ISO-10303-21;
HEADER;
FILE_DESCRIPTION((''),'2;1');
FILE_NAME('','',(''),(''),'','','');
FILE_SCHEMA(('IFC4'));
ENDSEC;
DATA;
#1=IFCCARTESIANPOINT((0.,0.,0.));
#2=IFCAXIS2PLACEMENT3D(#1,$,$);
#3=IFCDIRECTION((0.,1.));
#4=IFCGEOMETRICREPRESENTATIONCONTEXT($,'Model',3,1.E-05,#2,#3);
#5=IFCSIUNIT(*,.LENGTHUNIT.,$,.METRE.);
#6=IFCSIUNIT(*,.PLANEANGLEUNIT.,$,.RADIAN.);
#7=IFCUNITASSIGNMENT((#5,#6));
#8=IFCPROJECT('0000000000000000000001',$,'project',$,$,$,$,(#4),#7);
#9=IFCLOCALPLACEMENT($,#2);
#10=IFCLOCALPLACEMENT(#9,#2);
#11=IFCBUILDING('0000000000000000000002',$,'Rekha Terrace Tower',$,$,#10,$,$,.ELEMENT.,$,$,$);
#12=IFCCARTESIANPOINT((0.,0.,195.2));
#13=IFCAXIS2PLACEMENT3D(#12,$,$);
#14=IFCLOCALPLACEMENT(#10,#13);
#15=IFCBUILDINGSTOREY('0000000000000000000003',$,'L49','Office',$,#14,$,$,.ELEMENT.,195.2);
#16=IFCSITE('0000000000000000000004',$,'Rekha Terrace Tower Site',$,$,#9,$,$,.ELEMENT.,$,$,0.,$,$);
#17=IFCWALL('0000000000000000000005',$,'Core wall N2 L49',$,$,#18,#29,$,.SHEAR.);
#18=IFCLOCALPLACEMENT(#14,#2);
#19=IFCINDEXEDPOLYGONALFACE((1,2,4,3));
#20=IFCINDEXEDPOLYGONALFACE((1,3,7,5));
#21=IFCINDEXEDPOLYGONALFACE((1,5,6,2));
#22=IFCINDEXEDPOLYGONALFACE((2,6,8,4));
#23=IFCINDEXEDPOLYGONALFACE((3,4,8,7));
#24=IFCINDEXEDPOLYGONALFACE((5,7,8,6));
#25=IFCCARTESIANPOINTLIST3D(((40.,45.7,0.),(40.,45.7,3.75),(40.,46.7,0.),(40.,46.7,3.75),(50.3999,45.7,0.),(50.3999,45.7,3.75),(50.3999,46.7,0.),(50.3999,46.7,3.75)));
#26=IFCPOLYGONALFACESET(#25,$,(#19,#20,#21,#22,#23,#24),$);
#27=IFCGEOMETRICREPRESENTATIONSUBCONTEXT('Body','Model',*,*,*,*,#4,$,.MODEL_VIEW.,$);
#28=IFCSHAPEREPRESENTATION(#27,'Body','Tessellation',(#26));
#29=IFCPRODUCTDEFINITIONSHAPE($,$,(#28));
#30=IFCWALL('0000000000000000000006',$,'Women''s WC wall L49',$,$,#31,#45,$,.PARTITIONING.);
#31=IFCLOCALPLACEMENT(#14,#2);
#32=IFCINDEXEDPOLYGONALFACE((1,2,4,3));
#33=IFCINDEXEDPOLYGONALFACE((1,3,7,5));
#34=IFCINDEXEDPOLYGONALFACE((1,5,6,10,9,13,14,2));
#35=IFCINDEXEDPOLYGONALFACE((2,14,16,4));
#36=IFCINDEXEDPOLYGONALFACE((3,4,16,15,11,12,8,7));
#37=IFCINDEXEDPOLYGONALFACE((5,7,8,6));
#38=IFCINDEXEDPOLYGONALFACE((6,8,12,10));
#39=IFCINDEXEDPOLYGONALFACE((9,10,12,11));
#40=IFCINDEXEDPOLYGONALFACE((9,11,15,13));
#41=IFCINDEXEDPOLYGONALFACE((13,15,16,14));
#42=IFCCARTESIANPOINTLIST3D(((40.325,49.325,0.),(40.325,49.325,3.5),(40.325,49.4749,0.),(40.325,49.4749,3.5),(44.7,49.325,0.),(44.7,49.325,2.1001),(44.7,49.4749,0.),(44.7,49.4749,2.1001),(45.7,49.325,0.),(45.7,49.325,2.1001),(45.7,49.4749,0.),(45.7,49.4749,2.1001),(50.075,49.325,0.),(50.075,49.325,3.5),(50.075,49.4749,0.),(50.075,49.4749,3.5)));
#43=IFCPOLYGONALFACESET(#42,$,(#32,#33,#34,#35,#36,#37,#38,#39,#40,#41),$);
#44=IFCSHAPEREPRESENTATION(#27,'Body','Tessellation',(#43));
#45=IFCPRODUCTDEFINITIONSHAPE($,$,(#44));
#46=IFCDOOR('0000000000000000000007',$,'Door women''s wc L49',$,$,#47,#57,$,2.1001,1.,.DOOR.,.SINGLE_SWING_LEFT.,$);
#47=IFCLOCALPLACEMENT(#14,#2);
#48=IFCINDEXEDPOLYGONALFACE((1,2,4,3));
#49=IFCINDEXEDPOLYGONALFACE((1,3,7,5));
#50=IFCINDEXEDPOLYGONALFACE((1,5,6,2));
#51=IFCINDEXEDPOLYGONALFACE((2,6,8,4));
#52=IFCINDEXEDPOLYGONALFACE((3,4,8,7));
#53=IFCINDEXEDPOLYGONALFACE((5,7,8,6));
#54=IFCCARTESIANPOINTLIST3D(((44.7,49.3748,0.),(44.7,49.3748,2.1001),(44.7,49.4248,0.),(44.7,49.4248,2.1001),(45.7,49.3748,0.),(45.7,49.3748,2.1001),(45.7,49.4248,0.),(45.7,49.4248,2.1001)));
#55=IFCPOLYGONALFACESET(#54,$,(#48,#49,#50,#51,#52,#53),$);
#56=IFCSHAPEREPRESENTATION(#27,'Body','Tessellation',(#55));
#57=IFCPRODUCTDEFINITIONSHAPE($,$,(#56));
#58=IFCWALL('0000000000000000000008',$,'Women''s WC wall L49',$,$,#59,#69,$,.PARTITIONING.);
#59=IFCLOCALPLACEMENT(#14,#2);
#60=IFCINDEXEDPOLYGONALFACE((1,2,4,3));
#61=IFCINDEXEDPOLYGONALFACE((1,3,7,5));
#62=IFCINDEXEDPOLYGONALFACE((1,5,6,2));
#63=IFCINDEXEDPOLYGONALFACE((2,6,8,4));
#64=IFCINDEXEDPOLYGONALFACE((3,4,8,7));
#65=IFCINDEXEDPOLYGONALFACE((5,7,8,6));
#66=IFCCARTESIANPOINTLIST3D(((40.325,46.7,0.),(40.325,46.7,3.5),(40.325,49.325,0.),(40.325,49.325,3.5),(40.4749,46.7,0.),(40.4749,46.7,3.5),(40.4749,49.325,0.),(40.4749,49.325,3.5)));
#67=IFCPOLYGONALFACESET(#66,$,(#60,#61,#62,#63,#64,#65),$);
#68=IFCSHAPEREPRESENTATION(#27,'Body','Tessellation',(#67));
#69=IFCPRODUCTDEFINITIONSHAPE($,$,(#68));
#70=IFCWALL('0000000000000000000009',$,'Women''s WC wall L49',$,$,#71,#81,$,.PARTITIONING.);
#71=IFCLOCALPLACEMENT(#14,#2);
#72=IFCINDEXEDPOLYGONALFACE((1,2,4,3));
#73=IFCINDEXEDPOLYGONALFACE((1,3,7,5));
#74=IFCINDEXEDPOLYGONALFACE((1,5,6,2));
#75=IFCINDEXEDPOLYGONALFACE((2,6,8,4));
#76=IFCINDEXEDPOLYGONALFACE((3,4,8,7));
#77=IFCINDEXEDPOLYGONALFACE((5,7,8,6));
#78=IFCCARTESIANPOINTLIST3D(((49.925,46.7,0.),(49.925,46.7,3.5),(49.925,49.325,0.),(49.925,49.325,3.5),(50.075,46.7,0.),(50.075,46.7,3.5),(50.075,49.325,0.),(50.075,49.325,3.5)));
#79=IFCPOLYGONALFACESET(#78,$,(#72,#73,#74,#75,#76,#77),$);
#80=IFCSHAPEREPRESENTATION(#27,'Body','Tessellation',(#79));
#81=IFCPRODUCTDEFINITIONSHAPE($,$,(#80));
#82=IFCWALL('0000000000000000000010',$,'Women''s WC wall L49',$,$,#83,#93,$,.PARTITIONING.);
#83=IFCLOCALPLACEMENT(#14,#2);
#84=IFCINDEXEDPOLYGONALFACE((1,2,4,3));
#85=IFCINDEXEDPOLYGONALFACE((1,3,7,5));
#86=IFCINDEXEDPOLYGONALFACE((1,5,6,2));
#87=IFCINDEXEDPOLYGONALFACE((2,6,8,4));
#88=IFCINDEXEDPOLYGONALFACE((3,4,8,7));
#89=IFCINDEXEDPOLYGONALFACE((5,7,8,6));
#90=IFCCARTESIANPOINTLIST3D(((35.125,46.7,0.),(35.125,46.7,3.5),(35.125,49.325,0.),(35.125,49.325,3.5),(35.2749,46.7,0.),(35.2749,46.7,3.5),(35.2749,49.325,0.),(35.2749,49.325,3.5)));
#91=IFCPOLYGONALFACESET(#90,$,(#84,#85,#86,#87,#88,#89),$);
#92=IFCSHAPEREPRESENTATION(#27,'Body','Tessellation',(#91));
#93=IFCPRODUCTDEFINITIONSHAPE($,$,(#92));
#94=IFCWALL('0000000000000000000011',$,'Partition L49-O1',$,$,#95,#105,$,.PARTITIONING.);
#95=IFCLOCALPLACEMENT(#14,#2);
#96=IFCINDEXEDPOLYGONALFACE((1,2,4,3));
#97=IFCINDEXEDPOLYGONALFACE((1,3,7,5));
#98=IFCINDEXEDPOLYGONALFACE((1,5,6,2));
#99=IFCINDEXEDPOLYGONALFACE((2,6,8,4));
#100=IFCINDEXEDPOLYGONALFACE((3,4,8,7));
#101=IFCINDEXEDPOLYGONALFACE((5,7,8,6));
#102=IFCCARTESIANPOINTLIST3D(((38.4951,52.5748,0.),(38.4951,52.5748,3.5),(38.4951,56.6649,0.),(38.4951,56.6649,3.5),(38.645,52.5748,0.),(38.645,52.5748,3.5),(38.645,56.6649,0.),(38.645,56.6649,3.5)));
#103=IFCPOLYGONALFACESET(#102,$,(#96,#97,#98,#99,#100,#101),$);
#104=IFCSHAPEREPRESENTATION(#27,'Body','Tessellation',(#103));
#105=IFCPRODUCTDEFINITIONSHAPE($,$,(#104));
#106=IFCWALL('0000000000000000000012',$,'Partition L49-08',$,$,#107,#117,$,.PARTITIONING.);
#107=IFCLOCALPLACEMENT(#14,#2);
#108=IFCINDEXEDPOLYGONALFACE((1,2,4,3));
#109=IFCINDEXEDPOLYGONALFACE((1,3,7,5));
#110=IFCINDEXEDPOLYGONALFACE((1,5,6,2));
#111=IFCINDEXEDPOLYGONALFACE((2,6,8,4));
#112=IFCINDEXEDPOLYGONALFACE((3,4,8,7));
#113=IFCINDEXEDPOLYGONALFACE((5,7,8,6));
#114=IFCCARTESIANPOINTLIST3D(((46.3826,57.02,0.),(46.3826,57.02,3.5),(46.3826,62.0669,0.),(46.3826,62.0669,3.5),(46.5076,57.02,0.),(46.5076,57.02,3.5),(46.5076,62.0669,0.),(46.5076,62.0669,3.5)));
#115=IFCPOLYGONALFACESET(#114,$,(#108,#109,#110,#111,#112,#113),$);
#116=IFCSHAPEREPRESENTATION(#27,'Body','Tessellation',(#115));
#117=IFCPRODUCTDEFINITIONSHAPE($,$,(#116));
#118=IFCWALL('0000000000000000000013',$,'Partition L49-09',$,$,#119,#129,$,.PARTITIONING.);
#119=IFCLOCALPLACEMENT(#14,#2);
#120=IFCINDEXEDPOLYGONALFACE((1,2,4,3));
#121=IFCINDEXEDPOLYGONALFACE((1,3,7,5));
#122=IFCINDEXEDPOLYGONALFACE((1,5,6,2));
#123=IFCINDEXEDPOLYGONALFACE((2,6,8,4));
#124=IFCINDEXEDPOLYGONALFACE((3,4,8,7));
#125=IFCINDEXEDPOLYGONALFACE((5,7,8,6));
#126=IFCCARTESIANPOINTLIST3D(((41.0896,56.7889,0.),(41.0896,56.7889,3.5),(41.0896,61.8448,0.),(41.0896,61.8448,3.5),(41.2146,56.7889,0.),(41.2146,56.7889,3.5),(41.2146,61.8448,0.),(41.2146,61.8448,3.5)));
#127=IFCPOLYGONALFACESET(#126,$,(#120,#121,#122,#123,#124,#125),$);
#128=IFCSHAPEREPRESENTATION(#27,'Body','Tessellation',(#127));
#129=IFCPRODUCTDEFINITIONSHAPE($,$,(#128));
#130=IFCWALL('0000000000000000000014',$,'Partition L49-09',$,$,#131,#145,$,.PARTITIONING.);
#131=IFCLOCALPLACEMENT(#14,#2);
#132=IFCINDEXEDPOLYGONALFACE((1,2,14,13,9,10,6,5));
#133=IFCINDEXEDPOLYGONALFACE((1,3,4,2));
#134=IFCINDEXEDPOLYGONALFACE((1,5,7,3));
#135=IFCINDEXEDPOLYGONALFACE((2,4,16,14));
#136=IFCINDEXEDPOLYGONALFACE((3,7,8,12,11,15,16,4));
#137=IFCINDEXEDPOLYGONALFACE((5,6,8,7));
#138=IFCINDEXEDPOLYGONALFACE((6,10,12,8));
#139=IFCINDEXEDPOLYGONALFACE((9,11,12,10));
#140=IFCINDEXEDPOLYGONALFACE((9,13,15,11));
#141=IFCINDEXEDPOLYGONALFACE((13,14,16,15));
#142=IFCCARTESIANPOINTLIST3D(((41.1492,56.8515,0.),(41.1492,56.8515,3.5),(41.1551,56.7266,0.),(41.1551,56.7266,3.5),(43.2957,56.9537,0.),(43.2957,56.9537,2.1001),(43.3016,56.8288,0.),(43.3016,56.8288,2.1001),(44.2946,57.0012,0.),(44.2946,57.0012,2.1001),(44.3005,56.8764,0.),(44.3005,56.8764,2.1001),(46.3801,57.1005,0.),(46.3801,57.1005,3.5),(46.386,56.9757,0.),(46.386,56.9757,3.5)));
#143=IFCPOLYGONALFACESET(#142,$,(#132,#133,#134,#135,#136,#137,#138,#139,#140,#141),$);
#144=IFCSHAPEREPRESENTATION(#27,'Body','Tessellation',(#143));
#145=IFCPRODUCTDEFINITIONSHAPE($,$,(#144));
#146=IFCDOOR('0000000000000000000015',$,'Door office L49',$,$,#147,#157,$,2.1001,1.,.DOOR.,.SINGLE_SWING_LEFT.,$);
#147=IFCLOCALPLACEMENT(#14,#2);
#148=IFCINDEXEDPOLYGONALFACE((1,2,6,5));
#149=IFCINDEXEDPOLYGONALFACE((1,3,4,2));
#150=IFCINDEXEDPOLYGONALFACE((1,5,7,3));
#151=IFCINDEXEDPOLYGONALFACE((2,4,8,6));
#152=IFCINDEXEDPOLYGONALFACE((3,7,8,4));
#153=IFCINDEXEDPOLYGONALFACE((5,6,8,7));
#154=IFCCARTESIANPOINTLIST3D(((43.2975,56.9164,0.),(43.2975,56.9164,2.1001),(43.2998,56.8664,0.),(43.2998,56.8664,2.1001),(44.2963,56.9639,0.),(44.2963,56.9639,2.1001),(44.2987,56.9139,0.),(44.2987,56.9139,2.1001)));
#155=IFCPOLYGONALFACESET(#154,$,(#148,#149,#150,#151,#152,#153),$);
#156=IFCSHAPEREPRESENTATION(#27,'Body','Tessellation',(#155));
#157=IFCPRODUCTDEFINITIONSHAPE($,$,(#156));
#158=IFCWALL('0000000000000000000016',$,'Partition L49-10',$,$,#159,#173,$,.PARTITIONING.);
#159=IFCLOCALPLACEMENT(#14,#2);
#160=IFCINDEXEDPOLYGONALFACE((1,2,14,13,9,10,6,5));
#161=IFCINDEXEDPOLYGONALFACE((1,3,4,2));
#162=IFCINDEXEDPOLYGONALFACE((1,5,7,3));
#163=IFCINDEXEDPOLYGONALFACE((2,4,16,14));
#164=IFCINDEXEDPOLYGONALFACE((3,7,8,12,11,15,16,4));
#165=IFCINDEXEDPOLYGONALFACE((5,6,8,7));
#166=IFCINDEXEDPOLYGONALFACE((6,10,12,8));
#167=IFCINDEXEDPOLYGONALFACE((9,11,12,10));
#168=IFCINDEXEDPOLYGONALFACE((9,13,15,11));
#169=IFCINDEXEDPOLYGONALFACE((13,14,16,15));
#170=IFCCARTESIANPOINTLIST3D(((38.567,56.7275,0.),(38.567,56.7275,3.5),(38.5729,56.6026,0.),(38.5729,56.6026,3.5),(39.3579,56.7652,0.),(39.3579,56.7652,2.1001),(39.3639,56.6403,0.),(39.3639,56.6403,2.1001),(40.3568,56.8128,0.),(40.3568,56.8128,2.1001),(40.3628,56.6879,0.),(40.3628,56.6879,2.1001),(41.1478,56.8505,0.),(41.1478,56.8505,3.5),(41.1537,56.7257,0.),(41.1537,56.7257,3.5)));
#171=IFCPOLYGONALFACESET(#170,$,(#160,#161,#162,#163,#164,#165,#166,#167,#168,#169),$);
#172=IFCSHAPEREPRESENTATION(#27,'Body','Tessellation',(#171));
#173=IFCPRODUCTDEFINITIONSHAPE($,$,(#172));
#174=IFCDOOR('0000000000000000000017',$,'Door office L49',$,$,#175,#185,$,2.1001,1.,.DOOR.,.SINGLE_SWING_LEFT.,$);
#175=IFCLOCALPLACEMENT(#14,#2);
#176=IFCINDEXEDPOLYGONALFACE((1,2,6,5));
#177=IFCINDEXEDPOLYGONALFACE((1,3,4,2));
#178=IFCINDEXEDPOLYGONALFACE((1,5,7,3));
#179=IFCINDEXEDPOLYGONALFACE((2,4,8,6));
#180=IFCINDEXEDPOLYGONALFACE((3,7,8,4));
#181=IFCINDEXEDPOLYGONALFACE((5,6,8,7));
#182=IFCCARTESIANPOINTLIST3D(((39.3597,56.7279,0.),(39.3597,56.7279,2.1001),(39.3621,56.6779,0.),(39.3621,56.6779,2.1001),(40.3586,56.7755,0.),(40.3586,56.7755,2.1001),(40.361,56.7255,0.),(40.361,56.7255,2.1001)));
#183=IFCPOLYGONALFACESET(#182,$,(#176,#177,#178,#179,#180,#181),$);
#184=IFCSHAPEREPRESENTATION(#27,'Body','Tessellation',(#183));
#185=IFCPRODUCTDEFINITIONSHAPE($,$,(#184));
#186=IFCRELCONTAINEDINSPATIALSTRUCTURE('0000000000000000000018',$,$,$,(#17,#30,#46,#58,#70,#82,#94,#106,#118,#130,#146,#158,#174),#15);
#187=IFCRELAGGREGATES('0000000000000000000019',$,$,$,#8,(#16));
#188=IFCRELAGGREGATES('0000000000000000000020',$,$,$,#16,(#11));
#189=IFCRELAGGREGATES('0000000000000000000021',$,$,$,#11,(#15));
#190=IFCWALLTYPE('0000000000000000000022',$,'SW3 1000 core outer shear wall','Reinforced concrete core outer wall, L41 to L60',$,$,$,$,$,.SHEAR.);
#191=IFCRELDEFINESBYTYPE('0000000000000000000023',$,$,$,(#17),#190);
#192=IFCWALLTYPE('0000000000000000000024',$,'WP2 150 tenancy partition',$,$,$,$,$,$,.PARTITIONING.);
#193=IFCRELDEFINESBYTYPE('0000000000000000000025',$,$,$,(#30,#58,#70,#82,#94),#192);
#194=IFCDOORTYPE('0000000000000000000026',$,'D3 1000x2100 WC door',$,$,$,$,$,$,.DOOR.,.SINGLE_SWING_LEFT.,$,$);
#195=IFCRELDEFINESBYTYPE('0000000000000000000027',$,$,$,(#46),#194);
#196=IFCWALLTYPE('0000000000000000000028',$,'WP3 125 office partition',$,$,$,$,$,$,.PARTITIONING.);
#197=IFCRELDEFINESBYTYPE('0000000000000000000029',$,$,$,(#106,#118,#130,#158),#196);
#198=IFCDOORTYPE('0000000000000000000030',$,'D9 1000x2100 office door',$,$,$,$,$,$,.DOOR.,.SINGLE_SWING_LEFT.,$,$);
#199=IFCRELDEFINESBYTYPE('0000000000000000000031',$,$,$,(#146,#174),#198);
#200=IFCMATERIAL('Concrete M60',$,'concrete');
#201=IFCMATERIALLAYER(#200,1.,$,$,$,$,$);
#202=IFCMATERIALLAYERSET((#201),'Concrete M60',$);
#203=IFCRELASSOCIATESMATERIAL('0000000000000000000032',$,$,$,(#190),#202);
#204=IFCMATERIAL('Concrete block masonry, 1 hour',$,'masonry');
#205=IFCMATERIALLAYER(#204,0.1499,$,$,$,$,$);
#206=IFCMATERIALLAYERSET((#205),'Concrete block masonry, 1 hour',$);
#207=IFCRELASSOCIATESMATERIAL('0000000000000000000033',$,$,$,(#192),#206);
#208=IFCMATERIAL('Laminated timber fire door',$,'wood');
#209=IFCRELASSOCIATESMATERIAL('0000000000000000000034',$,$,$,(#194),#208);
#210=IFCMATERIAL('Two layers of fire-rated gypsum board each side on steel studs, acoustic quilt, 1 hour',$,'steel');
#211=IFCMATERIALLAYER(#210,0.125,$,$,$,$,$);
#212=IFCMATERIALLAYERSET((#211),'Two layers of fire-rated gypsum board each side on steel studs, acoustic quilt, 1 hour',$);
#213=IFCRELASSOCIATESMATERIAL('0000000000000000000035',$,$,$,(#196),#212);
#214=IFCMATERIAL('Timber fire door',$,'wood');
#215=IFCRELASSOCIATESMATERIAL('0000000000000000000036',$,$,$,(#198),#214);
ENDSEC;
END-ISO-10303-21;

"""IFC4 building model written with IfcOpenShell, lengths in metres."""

from ifc_helpers import new_model, si_unit, direction, frame, frame_2d, origin, place, context, subcontext, project, spatial, rectangle, extrude, material, layer, layer_set, type_object, element, fill, save


model = new_model("IFC4")

# Units and contexts
model_context = context("Model", 3, precision=1e-05, world=origin(), true_north=direction((0.0, 1.0)))
body_context = subcontext(model_context, "Body", "Model", "MODEL_VIEW")
ifc_project = project(units=[si_unit("LENGTHUNIT", "METRE"), si_unit("PLANEANGLEUNIT", "RADIAN")], contexts=[model_context])

# Site, building, storey
site_placement = place(None, origin())
site = spatial("IfcSite", under=ifc_project, at=site_placement, Name="Rekha Terrace Tower Site", CompositionType="ELEMENT", RefElevation=0.0)
building_placement = place(site_placement, origin())
building = spatial("IfcBuilding", under=site, at=building_placement, Name="Rekha Terrace Tower", CompositionType="ELEMENT")
storey_placement = place(building_placement, frame((0.0, 0.0, 195.2)))
storey = spatial("IfcBuildingStorey", under=building, at=storey_placement, Name="L49", Description="Office", CompositionType="ELEMENT", Elevation=195.2)

# Shared definitions
ifc_material_1 = material(Name="Concrete M60", Category="concrete")

# Wall
ifc_layer_1 = layer(ifc_material_1, 1.0)
ifc_layer_set_1 = layer_set([ifc_layer_1], Name="Concrete M60")
wall_type_1 = type_object("IfcWallType", Name="SW3 1000 core outer shear wall", Description="Reinforced concrete core outer wall, L41 to L60", PredefinedType="SHEAR", material=ifc_layer_set_1)
wall_1_placement = place(storey_placement, frame((40.0, 46.2, 0.0), z_axis=(0.0, 0.0, 1.0), x_axis=(1.0, 0.0, 0.0)))
element("IfcWall", 1, at=wall_1_placement, inside=storey, type_object=wall_type_1, Name="Core wall N2 L49", PredefinedType="SHEAR", context=body_context, shape_type="SweptSolid", body=[
    extrude(rectangle(XDim=10.3999, YDim=1.0, at=frame_2d((5.2, 0.0))), origin(), (0.0, 0.0, 1.0), 3.75),
])

# Wall, opening, door
ifc_material_2 = material(Name="Concrete block masonry, 1 hour", Category="masonry")
ifc_layer_2 = layer(ifc_material_2, 0.1499)
ifc_layer_set_2 = layer_set([ifc_layer_2], Name="Concrete block masonry, 1 hour")
wall_type_2 = type_object("IfcWallType", Name="WP2 150 tenancy partition", PredefinedType="PARTITIONING", material=ifc_layer_set_2)
wall_2_placement = place(storey_placement, frame((40.325, 49.3999, 0.0), z_axis=(0.0, 0.0, 1.0), x_axis=(1.0, 0.0, 0.0)))
wall_2 = element("IfcWall", 2, at=wall_2_placement, inside=storey, type_object=wall_type_2, Name="Women's WC wall L49", PredefinedType="PARTITIONING", context=body_context, shape_type="SweptSolid", body=[
    extrude(rectangle(XDim=9.75, YDim=0.1499, at=frame_2d((4.875, 0.0))), origin(), (0.0, 0.0, 1.0), 3.5),
])
opening_1_placement = place(wall_2_placement, frame((4.375, 0.0, 0.0)))
opening_1 = element("IfcOpeningElement", 3, at=opening_1_placement, cuts=wall_2, PredefinedType="OPENING", context=body_context, shape_type="SweptSolid", body=[
    extrude(rectangle(XDim=1.0, YDim=2.1001, at=frame_2d((0.5, 1.05))), frame((0.0, 0.085, 0.0), z_axis=(0.0, -1.0, 0.0), x_axis=(1.0, 0.0, 0.0)), (0.0, 0.0, 1.0), 0.1699),
])
ifc_material_3 = material(Name="Laminated timber fire door", Category="wood")
door_type_1 = type_object("IfcDoorType", Name="D3 1000x2100 WC door", OperationType="SINGLE_SWING_LEFT", PredefinedType="DOOR", material=ifc_material_3)
door_1_placement = place(opening_1_placement, origin())
door_1 = element("IfcDoor", 4, at=door_1_placement, inside=storey, type_object=door_type_1, Name="Door women's wc L49", OperationType="SINGLE_SWING_LEFT", OverallHeight=2.1001, OverallWidth=1.0, PredefinedType="DOOR", context=body_context, shape_type="SweptSolid", body=[
    extrude(rectangle(XDim=1.0, YDim=2.1001, at=frame_2d((0.5, 1.05))), frame((0.0, 0.0249, 0.0), z_axis=(0.0, -1.0, 0.0), x_axis=(1.0, 0.0, 0.0)), (0.0, 0.0, 1.0), 0.05),
])
fill(opening_1, door_1)

# Walls
for number, where, z_axis, x_axis, name in (
    (5, (40.3999, 46.7, 0.0), (0.0, 0.0, 1.0), (0.0, 1.0, 0.0), "Women's WC wall L49"),
    (6, (50.0, 46.7, 0.0), (0.0, 0.0, 1.0), (0.0, 1.0, 0.0), "Women's WC wall L49"),
    (7, (35.2, 46.7, 0.0), (0.0, 0.0, 1.0), (0.0, 1.0, 0.0), "Women's WC wall L49"),
):
    element("IfcWall", number, at=place(storey_placement, frame(where, z_axis=z_axis, x_axis=x_axis)), inside=storey, type_object=wall_type_2, Name=name, PredefinedType="PARTITIONING", context=body_context, shape_type="SweptSolid", body=[
        extrude(rectangle(XDim=2.625, YDim=0.1499, at=frame_2d((1.3125, 0.0))), origin(), (0.0, 0.0, 1.0), 3.5),
    ])
wall_3_placement = place(storey_placement, frame((38.5701, 52.575, 0.0), z_axis=(0.0, 0.0, 1.0), x_axis=(0.0, 1.0, 0.0)))
element("IfcWall", 8, at=wall_3_placement, inside=storey, type_object=wall_type_2, Name="Partition L49-O1", PredefinedType="PARTITIONING", context=body_context, shape_type="SweptSolid", body=[
    extrude(rectangle(XDim=4.0901, YDim=0.1499, at=frame_2d((2.0449, 0.0))), origin(), (0.0, 0.0, 1.0), 3.5),
])
ifc_material_4 = material(Name="Two layers of fire-rated gypsum board each side on steel studs, acoustic quilt, 1 hour", Category="steel")
ifc_layer_3 = layer(ifc_material_4, 0.125)
ifc_layer_set_3 = layer_set([ifc_layer_3], Name="Two layers of fire-rated gypsum board each side on steel studs, acoustic quilt, 1 hour")
wall_type_3 = type_object("IfcWallType", Name="WP3 125 office partition", PredefinedType="PARTITIONING", material=ifc_layer_set_3)
wall_4_placement = place(storey_placement, frame((46.4451, 57.02, 0.0), z_axis=(0.0, 0.0, 1.0), x_axis=(0.0, 1.0, 0.0)))
element("IfcWall", 9, at=wall_4_placement, inside=storey, type_object=wall_type_3, Name="Partition L49-08", PredefinedType="PARTITIONING", context=body_context, shape_type="SweptSolid", body=[
    extrude(rectangle(XDim=5.0469, YDim=0.125, at=frame_2d((2.5234, 0.0))), origin(), (0.0, 0.0, 1.0), 3.5),
])
wall_5_placement = place(storey_placement, frame((41.1521, 56.7891, 0.0), z_axis=(0.0, 0.0, 1.0), x_axis=(0.0, 1.0, 0.0)))
element("IfcWall", 10, at=wall_5_placement, inside=storey, type_object=wall_type_3, Name="Partition L49-09", PredefinedType="PARTITIONING", context=body_context, shape_type="SweptSolid", body=[
    extrude(rectangle(XDim=5.0559, YDim=0.125, at=frame_2d((2.5278, 0.0))), origin(), (0.0, 0.0, 1.0), 3.5),
])

# Walls, openings, doors
wall_6_placement = place(storey_placement, frame((46.3831, 57.0381, 0.0), z_axis=(0.0, 0.0, 1.0), x_axis=(-0.998869, -0.047552, 0.0)))
wall_6 = element("IfcWall", 11, at=wall_6_placement, inside=storey, type_object=wall_type_3, Name="Partition L49-09", PredefinedType="PARTITIONING", context=body_context, shape_type="SweptSolid", body=[
    extrude(rectangle(XDim=5.2368, YDim=0.125, at=frame_2d((2.6184, 0.0))), origin(), (0.0, 0.0, 1.0), 3.5),
])
opening_2_placement = place(wall_6_placement, frame((2.0879, 0.0, 0.0)))
opening_2 = element("IfcOpeningElement", 12, at=opening_2_placement, cuts=wall_6, PredefinedType="OPENING", context=body_context, shape_type="SweptSolid", body=[
    extrude(rectangle(XDim=1.0, YDim=2.1001, at=frame_2d((0.5, 1.05))), frame((0.0, 0.0725, 0.0), z_axis=(0.0, -1.0, 0.0), x_axis=(1.0, 0.0, 0.0)), (0.0, 0.0, 1.0), 0.145),
])
ifc_material_5 = material(Name="Timber fire door", Category="wood")
door_type_2 = type_object("IfcDoorType", Name="D9 1000x2100 office door", OperationType="SINGLE_SWING_LEFT", PredefinedType="DOOR", material=ifc_material_5)
door_2_placement = place(opening_2_placement, origin())
door_2 = element("IfcDoor", 13, at=door_2_placement, inside=storey, type_object=door_type_2, Name="Door office L49", OperationType="SINGLE_SWING_LEFT", OverallHeight=2.1001, OverallWidth=1.0, PredefinedType="DOOR", context=body_context, shape_type="SweptSolid", body=[
    extrude(rectangle(XDim=1.0, YDim=2.1001, at=frame_2d((0.5, 1.05))), frame((0.0, 0.0249, 0.0), z_axis=(0.0, -1.0, 0.0), x_axis=(1.0, 0.0, 0.0)), (0.0, 0.0, 1.0), 0.05),
])
fill(opening_2, door_2)
wall_7_placement = place(storey_placement, frame((41.1509, 56.7881, 0.0), z_axis=(0.0, 0.0, 1.0), x_axis=(-0.998865, -0.047624, 0.0)))
wall_7 = element("IfcWall", 14, at=wall_7_placement, inside=storey, type_object=wall_type_3, Name="Partition L49-10", PredefinedType="PARTITIONING", context=body_context, shape_type="SweptSolid", body=[
    extrude(rectangle(XDim=2.5837, YDim=0.125, at=frame_2d((1.292, 0.0))), origin(), (0.0, 0.0, 1.0), 3.5),
])
opening_3_placement = place(wall_7_placement, frame((0.792, 0.0, 0.0)))
opening_3 = element("IfcOpeningElement", 15, at=opening_3_placement, cuts=wall_7, PredefinedType="OPENING", context=body_context, shape_type="SweptSolid", body=[
    extrude(rectangle(XDim=1.0, YDim=2.1001, at=frame_2d((0.5, 1.05))), frame((0.0, 0.0725, 0.0), z_axis=(0.0, -1.0, 0.0), x_axis=(1.0, 0.0, 0.0)), (0.0, 0.0, 1.0), 0.145),
])
door_3_placement = place(opening_3_placement, origin())
door_3 = element("IfcDoor", 16, at=door_3_placement, inside=storey, type_object=door_type_2, Name="Door office L49", OperationType="SINGLE_SWING_LEFT", OverallHeight=2.1001, OverallWidth=1.0, PredefinedType="DOOR", context=body_context, shape_type="SweptSolid", body=[
    extrude(rectangle(XDim=1.0, YDim=2.1001, at=frame_2d((0.5, 1.05))), frame((0.0, 0.0249, 0.0), z_axis=(0.0, -1.0, 0.0), x_axis=(1.0, 0.0, 0.0)), (0.0, 0.0, 1.0), 0.05),
])
fill(opening_3, door_3)

save(model, "model.ifc")
